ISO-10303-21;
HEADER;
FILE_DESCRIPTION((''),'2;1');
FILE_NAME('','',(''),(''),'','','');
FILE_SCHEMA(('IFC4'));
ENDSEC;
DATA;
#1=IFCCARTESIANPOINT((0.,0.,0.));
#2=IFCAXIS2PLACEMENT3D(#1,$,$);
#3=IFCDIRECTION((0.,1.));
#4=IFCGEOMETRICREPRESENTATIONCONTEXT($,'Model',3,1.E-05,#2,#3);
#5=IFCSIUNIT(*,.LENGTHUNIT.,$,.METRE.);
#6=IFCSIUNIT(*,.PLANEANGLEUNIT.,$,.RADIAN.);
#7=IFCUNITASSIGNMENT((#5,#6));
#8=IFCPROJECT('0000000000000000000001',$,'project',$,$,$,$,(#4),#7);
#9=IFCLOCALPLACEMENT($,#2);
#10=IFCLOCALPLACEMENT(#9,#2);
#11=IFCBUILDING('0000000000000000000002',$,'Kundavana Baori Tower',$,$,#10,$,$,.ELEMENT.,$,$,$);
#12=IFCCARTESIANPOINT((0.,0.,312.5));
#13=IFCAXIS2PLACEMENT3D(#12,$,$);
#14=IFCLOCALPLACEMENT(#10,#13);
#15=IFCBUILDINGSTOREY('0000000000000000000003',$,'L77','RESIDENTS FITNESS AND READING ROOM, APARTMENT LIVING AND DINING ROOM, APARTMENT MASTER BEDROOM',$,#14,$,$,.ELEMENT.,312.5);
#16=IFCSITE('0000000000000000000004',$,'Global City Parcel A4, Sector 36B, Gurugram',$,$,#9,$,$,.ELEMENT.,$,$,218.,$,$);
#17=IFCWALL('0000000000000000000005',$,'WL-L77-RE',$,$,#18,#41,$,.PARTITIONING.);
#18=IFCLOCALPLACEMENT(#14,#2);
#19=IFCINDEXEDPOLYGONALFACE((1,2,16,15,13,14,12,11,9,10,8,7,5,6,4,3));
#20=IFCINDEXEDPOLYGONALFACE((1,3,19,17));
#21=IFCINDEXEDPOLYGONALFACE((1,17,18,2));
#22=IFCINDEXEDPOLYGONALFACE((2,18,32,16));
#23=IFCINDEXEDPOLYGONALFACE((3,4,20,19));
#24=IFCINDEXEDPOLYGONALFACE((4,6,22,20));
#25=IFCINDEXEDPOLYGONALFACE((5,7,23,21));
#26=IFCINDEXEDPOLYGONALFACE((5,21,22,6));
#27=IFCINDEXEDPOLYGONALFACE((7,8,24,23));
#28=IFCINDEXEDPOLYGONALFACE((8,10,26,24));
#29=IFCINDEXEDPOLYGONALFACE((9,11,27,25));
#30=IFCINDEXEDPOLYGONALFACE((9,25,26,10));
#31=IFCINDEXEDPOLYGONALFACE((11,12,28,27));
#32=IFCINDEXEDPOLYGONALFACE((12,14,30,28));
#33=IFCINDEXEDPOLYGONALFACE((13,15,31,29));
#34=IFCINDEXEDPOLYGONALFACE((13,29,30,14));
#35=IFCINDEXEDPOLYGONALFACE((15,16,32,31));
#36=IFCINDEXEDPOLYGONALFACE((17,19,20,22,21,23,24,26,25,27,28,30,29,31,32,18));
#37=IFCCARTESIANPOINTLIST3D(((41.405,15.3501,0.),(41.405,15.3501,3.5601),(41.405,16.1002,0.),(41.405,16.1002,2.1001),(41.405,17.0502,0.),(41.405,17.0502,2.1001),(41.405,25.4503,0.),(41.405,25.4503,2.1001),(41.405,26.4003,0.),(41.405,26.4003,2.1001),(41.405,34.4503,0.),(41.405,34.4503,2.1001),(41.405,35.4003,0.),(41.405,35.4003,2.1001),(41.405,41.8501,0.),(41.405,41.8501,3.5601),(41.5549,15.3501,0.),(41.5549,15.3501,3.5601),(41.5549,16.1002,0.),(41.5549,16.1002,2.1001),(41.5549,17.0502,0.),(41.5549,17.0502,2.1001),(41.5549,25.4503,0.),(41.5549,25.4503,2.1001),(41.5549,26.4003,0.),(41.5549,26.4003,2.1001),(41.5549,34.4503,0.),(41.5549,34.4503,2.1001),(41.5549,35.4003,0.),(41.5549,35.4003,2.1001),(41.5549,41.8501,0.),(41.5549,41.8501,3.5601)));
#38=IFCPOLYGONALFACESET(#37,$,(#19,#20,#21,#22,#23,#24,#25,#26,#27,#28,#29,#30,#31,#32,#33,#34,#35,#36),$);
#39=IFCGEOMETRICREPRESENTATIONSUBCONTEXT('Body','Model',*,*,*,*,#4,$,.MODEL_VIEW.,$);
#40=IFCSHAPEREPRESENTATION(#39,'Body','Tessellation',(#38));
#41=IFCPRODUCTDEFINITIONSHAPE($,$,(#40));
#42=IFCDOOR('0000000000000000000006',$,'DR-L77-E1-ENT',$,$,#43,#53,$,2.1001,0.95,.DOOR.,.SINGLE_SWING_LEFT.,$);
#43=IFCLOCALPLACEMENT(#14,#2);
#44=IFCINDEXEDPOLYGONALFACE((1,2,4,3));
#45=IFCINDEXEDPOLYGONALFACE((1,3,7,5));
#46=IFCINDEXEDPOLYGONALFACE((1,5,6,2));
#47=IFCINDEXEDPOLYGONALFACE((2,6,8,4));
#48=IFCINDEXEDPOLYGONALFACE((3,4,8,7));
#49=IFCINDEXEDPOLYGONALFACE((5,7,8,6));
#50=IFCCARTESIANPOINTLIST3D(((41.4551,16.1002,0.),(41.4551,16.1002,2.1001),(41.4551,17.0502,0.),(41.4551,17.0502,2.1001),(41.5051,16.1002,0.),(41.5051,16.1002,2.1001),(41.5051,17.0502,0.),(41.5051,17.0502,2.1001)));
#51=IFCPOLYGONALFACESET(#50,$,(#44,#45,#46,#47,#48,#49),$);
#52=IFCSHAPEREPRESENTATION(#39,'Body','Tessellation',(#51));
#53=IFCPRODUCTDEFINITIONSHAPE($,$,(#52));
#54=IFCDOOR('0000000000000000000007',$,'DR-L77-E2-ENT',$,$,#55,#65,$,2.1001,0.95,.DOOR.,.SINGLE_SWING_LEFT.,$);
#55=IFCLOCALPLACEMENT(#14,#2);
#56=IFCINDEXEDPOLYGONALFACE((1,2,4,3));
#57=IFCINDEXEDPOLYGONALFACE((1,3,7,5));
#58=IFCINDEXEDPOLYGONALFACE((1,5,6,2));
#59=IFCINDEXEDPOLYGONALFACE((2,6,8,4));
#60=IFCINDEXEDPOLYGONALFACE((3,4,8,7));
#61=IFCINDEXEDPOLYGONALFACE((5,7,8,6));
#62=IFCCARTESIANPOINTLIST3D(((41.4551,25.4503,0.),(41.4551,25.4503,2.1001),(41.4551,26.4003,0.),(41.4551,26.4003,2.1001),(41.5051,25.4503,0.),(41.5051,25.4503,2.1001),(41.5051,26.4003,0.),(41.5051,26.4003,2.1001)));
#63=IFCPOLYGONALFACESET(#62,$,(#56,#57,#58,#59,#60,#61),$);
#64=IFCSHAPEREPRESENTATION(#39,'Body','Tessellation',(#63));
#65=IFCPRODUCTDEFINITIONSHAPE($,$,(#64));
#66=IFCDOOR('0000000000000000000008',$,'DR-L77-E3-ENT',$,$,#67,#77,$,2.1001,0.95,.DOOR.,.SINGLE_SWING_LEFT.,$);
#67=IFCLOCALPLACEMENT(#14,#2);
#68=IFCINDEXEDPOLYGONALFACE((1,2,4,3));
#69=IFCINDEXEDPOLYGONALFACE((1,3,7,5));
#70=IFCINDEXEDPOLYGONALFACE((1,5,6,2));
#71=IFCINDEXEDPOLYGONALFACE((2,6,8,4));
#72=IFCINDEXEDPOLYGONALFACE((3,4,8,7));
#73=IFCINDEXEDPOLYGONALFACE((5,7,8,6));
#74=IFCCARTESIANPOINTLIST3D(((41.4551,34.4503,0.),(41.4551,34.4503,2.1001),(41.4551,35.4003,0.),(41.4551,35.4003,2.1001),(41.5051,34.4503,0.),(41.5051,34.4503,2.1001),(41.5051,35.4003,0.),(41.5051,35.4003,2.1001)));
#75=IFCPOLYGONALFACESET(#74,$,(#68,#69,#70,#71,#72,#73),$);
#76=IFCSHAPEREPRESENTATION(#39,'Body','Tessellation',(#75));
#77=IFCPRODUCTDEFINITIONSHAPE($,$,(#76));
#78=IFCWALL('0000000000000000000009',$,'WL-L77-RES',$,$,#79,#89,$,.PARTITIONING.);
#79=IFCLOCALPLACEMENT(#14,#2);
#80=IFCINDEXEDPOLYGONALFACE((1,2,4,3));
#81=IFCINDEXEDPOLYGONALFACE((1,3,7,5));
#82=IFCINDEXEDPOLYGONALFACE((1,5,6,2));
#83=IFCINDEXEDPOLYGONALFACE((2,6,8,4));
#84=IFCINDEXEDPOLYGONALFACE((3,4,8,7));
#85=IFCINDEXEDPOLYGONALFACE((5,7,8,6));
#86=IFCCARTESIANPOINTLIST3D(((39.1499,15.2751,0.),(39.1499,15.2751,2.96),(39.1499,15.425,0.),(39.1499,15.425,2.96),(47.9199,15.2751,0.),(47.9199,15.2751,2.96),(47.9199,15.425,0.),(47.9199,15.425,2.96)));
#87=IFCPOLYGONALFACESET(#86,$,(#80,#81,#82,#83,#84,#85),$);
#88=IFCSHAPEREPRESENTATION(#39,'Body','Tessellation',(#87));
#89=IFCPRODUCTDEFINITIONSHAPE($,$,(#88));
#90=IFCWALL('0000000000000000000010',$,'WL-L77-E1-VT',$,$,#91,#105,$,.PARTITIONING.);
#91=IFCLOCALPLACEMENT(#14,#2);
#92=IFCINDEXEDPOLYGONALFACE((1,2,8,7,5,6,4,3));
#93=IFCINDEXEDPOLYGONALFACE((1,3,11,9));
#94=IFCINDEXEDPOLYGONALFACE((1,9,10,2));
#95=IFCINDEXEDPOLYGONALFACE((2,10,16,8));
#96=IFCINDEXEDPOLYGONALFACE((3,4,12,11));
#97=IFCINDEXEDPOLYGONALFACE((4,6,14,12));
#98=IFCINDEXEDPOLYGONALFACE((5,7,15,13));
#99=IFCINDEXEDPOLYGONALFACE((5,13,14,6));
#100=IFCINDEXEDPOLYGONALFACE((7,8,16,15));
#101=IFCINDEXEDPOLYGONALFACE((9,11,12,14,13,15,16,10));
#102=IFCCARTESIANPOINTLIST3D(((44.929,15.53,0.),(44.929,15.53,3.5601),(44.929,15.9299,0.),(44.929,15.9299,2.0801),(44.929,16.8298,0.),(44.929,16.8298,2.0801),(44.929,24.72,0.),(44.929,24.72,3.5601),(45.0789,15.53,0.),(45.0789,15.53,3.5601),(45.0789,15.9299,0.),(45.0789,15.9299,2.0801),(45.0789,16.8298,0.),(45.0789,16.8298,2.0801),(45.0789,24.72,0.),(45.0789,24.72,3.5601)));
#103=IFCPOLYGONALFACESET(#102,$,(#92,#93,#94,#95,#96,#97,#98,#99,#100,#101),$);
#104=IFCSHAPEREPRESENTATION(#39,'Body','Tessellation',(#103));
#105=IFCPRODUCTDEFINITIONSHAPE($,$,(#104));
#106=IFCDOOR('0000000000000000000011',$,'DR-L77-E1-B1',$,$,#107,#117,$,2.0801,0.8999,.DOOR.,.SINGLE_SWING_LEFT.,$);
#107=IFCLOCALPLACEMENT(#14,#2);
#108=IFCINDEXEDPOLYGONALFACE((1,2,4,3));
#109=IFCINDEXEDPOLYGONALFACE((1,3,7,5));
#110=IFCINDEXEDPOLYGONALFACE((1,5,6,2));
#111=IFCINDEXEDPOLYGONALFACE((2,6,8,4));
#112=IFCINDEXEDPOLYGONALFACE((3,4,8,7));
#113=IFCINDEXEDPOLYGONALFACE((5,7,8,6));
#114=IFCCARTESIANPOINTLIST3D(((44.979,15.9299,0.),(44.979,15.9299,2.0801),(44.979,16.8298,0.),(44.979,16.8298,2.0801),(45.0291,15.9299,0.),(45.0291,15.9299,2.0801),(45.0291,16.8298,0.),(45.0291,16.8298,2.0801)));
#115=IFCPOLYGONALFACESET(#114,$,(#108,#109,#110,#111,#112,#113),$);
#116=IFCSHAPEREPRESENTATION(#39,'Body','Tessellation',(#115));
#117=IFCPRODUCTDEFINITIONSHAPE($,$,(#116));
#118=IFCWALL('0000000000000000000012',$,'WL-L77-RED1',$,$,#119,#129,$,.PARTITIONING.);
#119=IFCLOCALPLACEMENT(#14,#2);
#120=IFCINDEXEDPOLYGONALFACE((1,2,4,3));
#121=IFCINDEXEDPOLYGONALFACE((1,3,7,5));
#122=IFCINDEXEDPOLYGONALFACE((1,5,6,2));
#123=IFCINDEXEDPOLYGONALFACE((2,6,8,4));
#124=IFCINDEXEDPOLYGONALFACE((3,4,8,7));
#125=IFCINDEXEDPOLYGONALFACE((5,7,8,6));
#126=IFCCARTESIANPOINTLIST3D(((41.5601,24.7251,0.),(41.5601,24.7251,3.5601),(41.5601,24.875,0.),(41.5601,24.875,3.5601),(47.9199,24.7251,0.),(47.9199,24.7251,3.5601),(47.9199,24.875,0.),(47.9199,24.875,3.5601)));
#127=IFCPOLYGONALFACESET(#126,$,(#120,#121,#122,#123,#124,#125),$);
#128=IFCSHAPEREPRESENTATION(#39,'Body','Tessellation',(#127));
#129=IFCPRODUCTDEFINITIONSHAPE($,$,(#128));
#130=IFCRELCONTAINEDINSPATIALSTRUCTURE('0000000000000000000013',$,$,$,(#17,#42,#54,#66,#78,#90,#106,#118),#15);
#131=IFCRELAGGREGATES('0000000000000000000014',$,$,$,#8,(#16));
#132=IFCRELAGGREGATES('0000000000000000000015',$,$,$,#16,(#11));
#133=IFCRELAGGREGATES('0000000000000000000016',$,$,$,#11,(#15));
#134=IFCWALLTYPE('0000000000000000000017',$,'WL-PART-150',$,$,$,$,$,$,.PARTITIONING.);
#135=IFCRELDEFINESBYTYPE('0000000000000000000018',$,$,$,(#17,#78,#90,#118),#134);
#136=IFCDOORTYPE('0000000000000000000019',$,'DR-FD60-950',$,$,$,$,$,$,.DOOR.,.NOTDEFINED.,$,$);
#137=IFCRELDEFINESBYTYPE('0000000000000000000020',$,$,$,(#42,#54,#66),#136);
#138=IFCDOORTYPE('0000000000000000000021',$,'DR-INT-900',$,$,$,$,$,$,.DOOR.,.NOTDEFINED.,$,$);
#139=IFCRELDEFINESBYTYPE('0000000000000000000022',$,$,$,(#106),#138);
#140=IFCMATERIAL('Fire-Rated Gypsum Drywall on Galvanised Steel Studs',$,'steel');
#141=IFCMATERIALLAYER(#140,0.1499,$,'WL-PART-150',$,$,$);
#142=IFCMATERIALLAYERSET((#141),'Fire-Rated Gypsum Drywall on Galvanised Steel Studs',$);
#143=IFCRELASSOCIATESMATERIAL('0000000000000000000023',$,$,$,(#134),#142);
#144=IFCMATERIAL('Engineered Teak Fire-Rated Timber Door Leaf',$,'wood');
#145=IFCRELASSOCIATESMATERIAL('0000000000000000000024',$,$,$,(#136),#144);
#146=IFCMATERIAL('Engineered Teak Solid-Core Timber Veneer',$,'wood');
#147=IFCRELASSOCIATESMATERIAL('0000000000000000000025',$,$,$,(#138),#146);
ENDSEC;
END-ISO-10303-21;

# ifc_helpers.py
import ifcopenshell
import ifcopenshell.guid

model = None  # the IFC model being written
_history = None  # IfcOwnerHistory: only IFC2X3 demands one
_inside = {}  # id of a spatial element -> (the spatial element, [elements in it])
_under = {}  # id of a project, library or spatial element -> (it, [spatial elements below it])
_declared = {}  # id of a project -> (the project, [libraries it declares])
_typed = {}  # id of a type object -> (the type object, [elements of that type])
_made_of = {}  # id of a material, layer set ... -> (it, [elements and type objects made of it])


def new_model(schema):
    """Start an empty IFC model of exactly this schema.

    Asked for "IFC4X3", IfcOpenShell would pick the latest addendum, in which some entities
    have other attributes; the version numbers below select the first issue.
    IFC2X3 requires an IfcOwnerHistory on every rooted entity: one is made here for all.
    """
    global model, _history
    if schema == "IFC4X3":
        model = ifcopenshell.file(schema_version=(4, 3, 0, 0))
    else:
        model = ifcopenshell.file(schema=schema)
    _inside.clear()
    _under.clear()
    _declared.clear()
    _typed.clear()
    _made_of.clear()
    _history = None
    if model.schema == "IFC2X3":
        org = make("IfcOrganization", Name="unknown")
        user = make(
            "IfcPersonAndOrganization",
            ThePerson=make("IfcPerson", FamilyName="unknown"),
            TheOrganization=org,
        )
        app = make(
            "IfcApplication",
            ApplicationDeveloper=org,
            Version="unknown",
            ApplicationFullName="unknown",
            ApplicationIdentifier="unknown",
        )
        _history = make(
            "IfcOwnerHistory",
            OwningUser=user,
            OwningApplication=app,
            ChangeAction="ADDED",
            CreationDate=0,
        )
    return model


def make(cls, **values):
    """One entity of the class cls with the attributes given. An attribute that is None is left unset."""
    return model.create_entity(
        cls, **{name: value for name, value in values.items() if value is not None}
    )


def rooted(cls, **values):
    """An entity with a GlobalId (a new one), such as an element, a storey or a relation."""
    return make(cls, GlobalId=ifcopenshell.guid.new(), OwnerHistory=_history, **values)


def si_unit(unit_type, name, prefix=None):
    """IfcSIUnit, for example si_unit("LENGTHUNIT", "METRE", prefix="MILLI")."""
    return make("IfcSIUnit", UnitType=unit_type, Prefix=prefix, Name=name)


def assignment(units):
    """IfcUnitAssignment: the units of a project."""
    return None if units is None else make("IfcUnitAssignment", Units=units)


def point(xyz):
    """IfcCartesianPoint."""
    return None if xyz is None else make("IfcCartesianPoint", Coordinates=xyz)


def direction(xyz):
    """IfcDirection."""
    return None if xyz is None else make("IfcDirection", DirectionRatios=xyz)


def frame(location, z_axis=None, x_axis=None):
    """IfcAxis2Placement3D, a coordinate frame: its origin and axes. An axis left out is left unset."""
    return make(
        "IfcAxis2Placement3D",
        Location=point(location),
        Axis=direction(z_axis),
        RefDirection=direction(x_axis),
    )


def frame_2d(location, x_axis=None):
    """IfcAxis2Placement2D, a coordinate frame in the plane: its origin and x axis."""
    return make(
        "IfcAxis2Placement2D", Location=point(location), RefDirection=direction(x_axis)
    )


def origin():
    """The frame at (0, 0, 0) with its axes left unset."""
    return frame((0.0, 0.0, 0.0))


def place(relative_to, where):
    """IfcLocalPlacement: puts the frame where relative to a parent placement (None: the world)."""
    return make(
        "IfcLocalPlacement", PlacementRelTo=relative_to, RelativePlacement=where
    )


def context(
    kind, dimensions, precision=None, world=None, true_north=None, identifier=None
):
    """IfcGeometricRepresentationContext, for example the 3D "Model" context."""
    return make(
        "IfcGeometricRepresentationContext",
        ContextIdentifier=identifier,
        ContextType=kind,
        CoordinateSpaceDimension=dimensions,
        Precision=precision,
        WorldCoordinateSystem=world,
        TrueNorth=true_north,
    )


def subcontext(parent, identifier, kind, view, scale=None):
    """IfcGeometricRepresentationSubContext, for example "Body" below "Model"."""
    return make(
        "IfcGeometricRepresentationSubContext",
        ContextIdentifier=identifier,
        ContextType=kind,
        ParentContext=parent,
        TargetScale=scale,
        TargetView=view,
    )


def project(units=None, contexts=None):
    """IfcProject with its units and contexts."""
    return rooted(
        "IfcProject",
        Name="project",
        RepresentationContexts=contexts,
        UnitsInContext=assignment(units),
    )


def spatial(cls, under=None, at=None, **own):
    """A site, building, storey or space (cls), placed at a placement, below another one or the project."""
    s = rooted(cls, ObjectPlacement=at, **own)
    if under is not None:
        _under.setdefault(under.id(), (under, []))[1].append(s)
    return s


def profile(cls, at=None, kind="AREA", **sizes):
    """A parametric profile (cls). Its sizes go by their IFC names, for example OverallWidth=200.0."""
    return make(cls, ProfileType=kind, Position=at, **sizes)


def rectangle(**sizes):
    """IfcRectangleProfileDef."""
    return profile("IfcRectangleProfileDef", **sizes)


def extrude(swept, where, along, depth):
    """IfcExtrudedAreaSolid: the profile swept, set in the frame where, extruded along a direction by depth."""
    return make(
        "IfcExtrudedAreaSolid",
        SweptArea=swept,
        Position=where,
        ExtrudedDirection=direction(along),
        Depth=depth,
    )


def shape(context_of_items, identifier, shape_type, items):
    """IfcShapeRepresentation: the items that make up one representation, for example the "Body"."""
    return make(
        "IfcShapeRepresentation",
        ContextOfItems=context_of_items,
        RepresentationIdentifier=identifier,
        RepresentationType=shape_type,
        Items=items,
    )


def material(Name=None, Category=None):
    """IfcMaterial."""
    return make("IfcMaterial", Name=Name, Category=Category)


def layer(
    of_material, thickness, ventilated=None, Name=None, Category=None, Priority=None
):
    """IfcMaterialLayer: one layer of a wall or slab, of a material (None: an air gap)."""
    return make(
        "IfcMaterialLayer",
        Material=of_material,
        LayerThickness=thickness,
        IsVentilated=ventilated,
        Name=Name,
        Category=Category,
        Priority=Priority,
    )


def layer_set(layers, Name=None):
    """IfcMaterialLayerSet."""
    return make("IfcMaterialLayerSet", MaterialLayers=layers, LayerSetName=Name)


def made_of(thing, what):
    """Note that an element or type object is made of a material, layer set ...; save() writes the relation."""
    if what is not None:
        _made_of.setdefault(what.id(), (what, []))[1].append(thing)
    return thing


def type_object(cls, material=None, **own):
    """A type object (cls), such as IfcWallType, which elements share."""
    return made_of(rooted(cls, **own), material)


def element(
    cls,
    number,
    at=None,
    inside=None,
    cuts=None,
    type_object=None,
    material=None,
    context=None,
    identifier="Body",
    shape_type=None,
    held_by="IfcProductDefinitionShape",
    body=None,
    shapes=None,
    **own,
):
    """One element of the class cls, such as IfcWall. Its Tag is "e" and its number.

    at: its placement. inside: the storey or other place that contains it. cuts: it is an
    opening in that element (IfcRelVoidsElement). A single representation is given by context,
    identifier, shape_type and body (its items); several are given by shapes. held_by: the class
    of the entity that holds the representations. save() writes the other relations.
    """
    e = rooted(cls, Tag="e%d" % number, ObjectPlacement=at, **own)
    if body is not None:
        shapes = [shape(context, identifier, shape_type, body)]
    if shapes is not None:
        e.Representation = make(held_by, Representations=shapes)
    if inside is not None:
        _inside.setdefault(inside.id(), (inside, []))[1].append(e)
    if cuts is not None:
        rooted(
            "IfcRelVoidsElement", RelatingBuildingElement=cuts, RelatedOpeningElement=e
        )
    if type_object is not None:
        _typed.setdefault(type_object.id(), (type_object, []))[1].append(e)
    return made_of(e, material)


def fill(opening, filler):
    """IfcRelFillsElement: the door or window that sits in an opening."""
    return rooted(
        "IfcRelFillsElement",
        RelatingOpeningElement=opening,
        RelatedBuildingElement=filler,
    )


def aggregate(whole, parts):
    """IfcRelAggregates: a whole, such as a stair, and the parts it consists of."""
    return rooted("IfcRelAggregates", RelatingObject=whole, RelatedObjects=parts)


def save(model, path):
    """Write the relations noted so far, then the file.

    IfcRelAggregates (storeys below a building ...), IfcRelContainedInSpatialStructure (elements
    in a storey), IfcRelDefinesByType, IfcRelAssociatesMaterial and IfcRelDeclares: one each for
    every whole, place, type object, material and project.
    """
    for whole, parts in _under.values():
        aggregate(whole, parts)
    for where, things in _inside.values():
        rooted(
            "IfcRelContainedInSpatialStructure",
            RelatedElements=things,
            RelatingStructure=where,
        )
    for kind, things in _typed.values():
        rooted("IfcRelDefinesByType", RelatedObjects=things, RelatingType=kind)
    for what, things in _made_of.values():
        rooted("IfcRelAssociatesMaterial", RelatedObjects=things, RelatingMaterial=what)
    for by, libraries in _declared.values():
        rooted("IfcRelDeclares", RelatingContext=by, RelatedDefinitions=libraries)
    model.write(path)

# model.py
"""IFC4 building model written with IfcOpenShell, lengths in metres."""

from ifc_helpers import new_model, si_unit, direction, frame, frame_2d, origin, place, context, subcontext, project, spatial, rectangle, extrude, material, layer, layer_set, type_object, element, fill, save


model = new_model("IFC4")

# Units and contexts
model_context = context("Model", 3, precision=1e-05, world=origin(), true_north=direction((0.0, 1.0)))
body_context = subcontext(model_context, "Body", "Model", "MODEL_VIEW")
ifc_project = project(units=[si_unit("LENGTHUNIT", "METRE"), si_unit("PLANEANGLEUNIT", "RADIAN")], contexts=[model_context])

# Site, building, storey
site_placement = place(None, origin())
site = spatial("IfcSite", under=ifc_project, at=site_placement, Name="Global City Parcel A4, Sector 36B, Gurugram", CompositionType="ELEMENT", RefElevation=218.0)
building_placement = place(site_placement, origin())
building = spatial("IfcBuilding", under=site, at=building_placement, Name="Kundavana Baori Tower", CompositionType="ELEMENT")
storey_placement = place(building_placement, frame((0.0, 0.0, 312.5)))
storey = spatial("IfcBuildingStorey", under=building, at=storey_placement, Name="L77", Description="RESIDENTS FITNESS AND READING ROOM, APARTMENT LIVING AND DINING ROOM, APARTMENT MASTER BEDROOM", CompositionType="ELEMENT", Elevation=312.5)

# Wall, openings, doors
ifc_material_1 = material(Name="Fire-Rated Gypsum Drywall on Galvanised Steel Studs", Category="steel")
ifc_layer_1 = layer(ifc_material_1, 0.1499, Name="WL-PART-150")
ifc_layer_set_1 = layer_set([ifc_layer_1], Name="Fire-Rated Gypsum Drywall on Galvanised Steel Studs")
wall_type_1 = type_object("IfcWallType", Name="WL-PART-150", PredefinedType="PARTITIONING", material=ifc_layer_set_1)
wall_1_placement = place(storey_placement, frame((41.48, 15.3501, 0.0), z_axis=(0.0, 0.0, 1.0), x_axis=(0.0, 1.0, 0.0)))
wall_1 = element("IfcWall", 1, at=wall_1_placement, inside=storey, type_object=wall_type_1, Name="WL-L77-RE", PredefinedType="PARTITIONING", context=body_context, shape_type="SweptSolid", body=[
    extrude(rectangle(XDim=26.5, YDim=0.1499, at=frame_2d((13.25, 0.0))), origin(), (0.0, 0.0, 1.0), 3.5601),
])
opening_1_placement = place(wall_1_placement, frame((0.75, 0.0, 0.0)))
opening_1 = element("IfcOpeningElement", 2, at=opening_1_placement, cuts=wall_1, PredefinedType="OPENING", context=body_context, shape_type="SweptSolid", body=[
    extrude(rectangle(XDim=0.95, YDim=2.1001, at=frame_2d((0.4751, 1.05))), frame((0.0, 0.085, 0.0), z_axis=(0.0, -1.0, 0.0), x_axis=(1.0, 0.0, 0.0)), (0.0, 0.0, 1.0), 0.1699),
])
opening_2_placement = place(wall_1_placement, frame((10.1001, 0.0, 0.0)))
opening_2 = element("IfcOpeningElement", 3, at=opening_2_placement, cuts=wall_1, PredefinedType="OPENING", context=body_context, shape_type="SweptSolid", body=[
    extrude(rectangle(XDim=0.95, YDim=2.1001, at=frame_2d((0.4751, 1.05))), frame((0.0, 0.085, 0.0), z_axis=(0.0, -1.0, 0.0), x_axis=(1.0, 0.0, 0.0)), (0.0, 0.0, 1.0), 0.1699),
])
opening_3_placement = place(wall_1_placement, frame((19.1001, 0.0, 0.0)))
opening_3 = element("IfcOpeningElement", 4, at=opening_3_placement, cuts=wall_1, PredefinedType="OPENING", context=body_context, shape_type="SweptSolid", body=[
    extrude(rectangle(XDim=0.95, YDim=2.1001, at=frame_2d((0.4751, 1.05))), frame((0.0, 0.085, 0.0), z_axis=(0.0, -1.0, 0.0), x_axis=(1.0, 0.0, 0.0)), (0.0, 0.0, 1.0), 0.1699),
])
ifc_material_2 = material(Name="Engineered Teak Fire-Rated Timber Door Leaf", Category="wood")
door_type_1 = type_object("IfcDoorType", Name="DR-FD60-950", OperationType="NOTDEFINED", PredefinedType="DOOR", material=ifc_material_2)
door_1_placement = place(opening_1_placement, origin())
door_1 = element("IfcDoor", 5, at=door_1_placement, inside=storey, type_object=door_type_1, Name="DR-L77-E1-ENT", OperationType="SINGLE_SWING_LEFT", OverallHeight=2.1001, OverallWidth=0.95, PredefinedType="DOOR", context=body_context, shape_type="SweptSolid", body=[
    extrude(rectangle(XDim=0.95, YDim=2.1001, at=frame_2d((0.4751, 1.05))), frame((0.0, 0.0249, 0.0), z_axis=(0.0, -1.0, 0.0), x_axis=(1.0, 0.0, 0.0)), (0.0, 0.0, 1.0), 0.05),
])
fill(opening_1, door_1)
door_2_placement = place(opening_2_placement, origin())
door_2 = element("IfcDoor", 6, at=door_2_placement, inside=storey, type_object=door_type_1, Name="DR-L77-E2-ENT", OperationType="SINGLE_SWING_LEFT", OverallHeight=2.1001, OverallWidth=0.95, PredefinedType="DOOR", context=body_context, shape_type="SweptSolid", body=[
    extrude(rectangle(XDim=0.95, YDim=2.1001, at=frame_2d((0.4751, 1.05))), frame((0.0, 0.0249, 0.0), z_axis=(0.0, -1.0, 0.0), x_axis=(1.0, 0.0, 0.0)), (0.0, 0.0, 1.0), 0.05),
])
fill(opening_2, door_2)
door_3_placement = place(opening_3_placement, origin())
door_3 = element("IfcDoor", 7, at=door_3_placement, inside=storey, type_object=door_type_1, Name="DR-L77-E3-ENT", OperationType="SINGLE_SWING_LEFT", OverallHeight=2.1001, OverallWidth=0.95, PredefinedType="DOOR", context=body_context, shape_type="SweptSolid", body=[
    extrude(rectangle(XDim=0.95, YDim=2.1001, at=frame_2d((0.4751, 1.05))), frame((0.0, 0.0249, 0.0), z_axis=(0.0, -1.0, 0.0), x_axis=(1.0, 0.0, 0.0)), (0.0, 0.0, 1.0), 0.05),
])
fill(opening_3, door_3)

# Wall
wall_2_placement = place(storey_placement, frame((39.1499, 15.3501, 0.0), z_axis=(0.0, 0.0, 1.0), x_axis=(1.0, 0.0, 0.0)))
element("IfcWall", 8, at=wall_2_placement, inside=storey, type_object=wall_type_1, Name="WL-L77-RES", PredefinedType="PARTITIONING", context=body_context, shape_type="SweptSolid", body=[
    extrude(rectangle(XDim=8.77, YDim=0.1499, at=frame_2d((4.385, 0.0))), origin(), (0.0, 0.0, 1.0), 2.96),
])

# Wall, opening, door
wall_3_placement = place(storey_placement, frame((45.0039, 15.53, 0.0), z_axis=(0.0, 0.0, 1.0), x_axis=(0.0, 1.0, 0.0)))
wall_3 = element("IfcWall", 9, at=wall_3_placement, inside=storey, type_object=wall_type_1, Name="WL-L77-E1-VT", PredefinedType="PARTITIONING", context=body_context, shape_type="SweptSolid", body=[
    extrude(rectangle(XDim=9.1899, YDim=0.1499, at=frame_2d((4.595, 0.0))), origin(), (0.0, 0.0, 1.0), 3.5601),
])
opening_4_placement = place(wall_3_placement, frame((0.3999, 0.0, 0.0)))
opening_4 = element("IfcOpeningElement", 10, at=opening_4_placement, cuts=wall_3, PredefinedType="OPENING", context=body_context, shape_type="SweptSolid", body=[
    extrude(rectangle(XDim=0.8999, YDim=2.0801, at=frame_2d((0.45, 1.04))), frame((0.0, 0.085, 0.0), z_axis=(0.0, -1.0, 0.0), x_axis=(1.0, 0.0, 0.0)), (0.0, 0.0, 1.0), 0.1699),
])
ifc_material_3 = material(Name="Engineered Teak Solid-Core Timber Veneer", Category="wood")
door_type_2 = type_object("IfcDoorType", Name="DR-INT-900", OperationType="NOTDEFINED", PredefinedType="DOOR", material=ifc_material_3)
door_4_placement = place(opening_4_placement, origin())
door_4 = element("IfcDoor", 11, at=door_4_placement, inside=storey, type_object=door_type_2, Name="DR-L77-E1-B1", OperationType="SINGLE_SWING_LEFT", OverallHeight=2.0801, OverallWidth=0.8999, PredefinedType="DOOR", context=body_context, shape_type="SweptSolid", body=[
    extrude(rectangle(XDim=0.8999, YDim=2.0801, at=frame_2d((0.45, 1.04))), frame((0.0, 0.0249, 0.0), z_axis=(0.0, -1.0, 0.0), x_axis=(1.0, 0.0, 0.0)), (0.0, 0.0, 1.0), 0.05),
])
fill(opening_4, door_4)

# Wall
wall_4_placement = place(storey_placement, frame((41.5601, 24.8, 0.0), z_axis=(0.0, 0.0, 1.0), x_axis=(1.0, 0.0, 0.0)))
element("IfcWall", 12, at=wall_4_placement, inside=storey, type_object=wall_type_1, Name="WL-L77-RED1", PredefinedType="PARTITIONING", context=body_context, shape_type="SweptSolid", body=[
    extrude(rectangle(XDim=6.3599, YDim=0.1499, at=frame_2d((3.1799, 0.0))), origin(), (0.0, 0.0, 1.0), 3.5601),
])

save(model, "model.ifc")
